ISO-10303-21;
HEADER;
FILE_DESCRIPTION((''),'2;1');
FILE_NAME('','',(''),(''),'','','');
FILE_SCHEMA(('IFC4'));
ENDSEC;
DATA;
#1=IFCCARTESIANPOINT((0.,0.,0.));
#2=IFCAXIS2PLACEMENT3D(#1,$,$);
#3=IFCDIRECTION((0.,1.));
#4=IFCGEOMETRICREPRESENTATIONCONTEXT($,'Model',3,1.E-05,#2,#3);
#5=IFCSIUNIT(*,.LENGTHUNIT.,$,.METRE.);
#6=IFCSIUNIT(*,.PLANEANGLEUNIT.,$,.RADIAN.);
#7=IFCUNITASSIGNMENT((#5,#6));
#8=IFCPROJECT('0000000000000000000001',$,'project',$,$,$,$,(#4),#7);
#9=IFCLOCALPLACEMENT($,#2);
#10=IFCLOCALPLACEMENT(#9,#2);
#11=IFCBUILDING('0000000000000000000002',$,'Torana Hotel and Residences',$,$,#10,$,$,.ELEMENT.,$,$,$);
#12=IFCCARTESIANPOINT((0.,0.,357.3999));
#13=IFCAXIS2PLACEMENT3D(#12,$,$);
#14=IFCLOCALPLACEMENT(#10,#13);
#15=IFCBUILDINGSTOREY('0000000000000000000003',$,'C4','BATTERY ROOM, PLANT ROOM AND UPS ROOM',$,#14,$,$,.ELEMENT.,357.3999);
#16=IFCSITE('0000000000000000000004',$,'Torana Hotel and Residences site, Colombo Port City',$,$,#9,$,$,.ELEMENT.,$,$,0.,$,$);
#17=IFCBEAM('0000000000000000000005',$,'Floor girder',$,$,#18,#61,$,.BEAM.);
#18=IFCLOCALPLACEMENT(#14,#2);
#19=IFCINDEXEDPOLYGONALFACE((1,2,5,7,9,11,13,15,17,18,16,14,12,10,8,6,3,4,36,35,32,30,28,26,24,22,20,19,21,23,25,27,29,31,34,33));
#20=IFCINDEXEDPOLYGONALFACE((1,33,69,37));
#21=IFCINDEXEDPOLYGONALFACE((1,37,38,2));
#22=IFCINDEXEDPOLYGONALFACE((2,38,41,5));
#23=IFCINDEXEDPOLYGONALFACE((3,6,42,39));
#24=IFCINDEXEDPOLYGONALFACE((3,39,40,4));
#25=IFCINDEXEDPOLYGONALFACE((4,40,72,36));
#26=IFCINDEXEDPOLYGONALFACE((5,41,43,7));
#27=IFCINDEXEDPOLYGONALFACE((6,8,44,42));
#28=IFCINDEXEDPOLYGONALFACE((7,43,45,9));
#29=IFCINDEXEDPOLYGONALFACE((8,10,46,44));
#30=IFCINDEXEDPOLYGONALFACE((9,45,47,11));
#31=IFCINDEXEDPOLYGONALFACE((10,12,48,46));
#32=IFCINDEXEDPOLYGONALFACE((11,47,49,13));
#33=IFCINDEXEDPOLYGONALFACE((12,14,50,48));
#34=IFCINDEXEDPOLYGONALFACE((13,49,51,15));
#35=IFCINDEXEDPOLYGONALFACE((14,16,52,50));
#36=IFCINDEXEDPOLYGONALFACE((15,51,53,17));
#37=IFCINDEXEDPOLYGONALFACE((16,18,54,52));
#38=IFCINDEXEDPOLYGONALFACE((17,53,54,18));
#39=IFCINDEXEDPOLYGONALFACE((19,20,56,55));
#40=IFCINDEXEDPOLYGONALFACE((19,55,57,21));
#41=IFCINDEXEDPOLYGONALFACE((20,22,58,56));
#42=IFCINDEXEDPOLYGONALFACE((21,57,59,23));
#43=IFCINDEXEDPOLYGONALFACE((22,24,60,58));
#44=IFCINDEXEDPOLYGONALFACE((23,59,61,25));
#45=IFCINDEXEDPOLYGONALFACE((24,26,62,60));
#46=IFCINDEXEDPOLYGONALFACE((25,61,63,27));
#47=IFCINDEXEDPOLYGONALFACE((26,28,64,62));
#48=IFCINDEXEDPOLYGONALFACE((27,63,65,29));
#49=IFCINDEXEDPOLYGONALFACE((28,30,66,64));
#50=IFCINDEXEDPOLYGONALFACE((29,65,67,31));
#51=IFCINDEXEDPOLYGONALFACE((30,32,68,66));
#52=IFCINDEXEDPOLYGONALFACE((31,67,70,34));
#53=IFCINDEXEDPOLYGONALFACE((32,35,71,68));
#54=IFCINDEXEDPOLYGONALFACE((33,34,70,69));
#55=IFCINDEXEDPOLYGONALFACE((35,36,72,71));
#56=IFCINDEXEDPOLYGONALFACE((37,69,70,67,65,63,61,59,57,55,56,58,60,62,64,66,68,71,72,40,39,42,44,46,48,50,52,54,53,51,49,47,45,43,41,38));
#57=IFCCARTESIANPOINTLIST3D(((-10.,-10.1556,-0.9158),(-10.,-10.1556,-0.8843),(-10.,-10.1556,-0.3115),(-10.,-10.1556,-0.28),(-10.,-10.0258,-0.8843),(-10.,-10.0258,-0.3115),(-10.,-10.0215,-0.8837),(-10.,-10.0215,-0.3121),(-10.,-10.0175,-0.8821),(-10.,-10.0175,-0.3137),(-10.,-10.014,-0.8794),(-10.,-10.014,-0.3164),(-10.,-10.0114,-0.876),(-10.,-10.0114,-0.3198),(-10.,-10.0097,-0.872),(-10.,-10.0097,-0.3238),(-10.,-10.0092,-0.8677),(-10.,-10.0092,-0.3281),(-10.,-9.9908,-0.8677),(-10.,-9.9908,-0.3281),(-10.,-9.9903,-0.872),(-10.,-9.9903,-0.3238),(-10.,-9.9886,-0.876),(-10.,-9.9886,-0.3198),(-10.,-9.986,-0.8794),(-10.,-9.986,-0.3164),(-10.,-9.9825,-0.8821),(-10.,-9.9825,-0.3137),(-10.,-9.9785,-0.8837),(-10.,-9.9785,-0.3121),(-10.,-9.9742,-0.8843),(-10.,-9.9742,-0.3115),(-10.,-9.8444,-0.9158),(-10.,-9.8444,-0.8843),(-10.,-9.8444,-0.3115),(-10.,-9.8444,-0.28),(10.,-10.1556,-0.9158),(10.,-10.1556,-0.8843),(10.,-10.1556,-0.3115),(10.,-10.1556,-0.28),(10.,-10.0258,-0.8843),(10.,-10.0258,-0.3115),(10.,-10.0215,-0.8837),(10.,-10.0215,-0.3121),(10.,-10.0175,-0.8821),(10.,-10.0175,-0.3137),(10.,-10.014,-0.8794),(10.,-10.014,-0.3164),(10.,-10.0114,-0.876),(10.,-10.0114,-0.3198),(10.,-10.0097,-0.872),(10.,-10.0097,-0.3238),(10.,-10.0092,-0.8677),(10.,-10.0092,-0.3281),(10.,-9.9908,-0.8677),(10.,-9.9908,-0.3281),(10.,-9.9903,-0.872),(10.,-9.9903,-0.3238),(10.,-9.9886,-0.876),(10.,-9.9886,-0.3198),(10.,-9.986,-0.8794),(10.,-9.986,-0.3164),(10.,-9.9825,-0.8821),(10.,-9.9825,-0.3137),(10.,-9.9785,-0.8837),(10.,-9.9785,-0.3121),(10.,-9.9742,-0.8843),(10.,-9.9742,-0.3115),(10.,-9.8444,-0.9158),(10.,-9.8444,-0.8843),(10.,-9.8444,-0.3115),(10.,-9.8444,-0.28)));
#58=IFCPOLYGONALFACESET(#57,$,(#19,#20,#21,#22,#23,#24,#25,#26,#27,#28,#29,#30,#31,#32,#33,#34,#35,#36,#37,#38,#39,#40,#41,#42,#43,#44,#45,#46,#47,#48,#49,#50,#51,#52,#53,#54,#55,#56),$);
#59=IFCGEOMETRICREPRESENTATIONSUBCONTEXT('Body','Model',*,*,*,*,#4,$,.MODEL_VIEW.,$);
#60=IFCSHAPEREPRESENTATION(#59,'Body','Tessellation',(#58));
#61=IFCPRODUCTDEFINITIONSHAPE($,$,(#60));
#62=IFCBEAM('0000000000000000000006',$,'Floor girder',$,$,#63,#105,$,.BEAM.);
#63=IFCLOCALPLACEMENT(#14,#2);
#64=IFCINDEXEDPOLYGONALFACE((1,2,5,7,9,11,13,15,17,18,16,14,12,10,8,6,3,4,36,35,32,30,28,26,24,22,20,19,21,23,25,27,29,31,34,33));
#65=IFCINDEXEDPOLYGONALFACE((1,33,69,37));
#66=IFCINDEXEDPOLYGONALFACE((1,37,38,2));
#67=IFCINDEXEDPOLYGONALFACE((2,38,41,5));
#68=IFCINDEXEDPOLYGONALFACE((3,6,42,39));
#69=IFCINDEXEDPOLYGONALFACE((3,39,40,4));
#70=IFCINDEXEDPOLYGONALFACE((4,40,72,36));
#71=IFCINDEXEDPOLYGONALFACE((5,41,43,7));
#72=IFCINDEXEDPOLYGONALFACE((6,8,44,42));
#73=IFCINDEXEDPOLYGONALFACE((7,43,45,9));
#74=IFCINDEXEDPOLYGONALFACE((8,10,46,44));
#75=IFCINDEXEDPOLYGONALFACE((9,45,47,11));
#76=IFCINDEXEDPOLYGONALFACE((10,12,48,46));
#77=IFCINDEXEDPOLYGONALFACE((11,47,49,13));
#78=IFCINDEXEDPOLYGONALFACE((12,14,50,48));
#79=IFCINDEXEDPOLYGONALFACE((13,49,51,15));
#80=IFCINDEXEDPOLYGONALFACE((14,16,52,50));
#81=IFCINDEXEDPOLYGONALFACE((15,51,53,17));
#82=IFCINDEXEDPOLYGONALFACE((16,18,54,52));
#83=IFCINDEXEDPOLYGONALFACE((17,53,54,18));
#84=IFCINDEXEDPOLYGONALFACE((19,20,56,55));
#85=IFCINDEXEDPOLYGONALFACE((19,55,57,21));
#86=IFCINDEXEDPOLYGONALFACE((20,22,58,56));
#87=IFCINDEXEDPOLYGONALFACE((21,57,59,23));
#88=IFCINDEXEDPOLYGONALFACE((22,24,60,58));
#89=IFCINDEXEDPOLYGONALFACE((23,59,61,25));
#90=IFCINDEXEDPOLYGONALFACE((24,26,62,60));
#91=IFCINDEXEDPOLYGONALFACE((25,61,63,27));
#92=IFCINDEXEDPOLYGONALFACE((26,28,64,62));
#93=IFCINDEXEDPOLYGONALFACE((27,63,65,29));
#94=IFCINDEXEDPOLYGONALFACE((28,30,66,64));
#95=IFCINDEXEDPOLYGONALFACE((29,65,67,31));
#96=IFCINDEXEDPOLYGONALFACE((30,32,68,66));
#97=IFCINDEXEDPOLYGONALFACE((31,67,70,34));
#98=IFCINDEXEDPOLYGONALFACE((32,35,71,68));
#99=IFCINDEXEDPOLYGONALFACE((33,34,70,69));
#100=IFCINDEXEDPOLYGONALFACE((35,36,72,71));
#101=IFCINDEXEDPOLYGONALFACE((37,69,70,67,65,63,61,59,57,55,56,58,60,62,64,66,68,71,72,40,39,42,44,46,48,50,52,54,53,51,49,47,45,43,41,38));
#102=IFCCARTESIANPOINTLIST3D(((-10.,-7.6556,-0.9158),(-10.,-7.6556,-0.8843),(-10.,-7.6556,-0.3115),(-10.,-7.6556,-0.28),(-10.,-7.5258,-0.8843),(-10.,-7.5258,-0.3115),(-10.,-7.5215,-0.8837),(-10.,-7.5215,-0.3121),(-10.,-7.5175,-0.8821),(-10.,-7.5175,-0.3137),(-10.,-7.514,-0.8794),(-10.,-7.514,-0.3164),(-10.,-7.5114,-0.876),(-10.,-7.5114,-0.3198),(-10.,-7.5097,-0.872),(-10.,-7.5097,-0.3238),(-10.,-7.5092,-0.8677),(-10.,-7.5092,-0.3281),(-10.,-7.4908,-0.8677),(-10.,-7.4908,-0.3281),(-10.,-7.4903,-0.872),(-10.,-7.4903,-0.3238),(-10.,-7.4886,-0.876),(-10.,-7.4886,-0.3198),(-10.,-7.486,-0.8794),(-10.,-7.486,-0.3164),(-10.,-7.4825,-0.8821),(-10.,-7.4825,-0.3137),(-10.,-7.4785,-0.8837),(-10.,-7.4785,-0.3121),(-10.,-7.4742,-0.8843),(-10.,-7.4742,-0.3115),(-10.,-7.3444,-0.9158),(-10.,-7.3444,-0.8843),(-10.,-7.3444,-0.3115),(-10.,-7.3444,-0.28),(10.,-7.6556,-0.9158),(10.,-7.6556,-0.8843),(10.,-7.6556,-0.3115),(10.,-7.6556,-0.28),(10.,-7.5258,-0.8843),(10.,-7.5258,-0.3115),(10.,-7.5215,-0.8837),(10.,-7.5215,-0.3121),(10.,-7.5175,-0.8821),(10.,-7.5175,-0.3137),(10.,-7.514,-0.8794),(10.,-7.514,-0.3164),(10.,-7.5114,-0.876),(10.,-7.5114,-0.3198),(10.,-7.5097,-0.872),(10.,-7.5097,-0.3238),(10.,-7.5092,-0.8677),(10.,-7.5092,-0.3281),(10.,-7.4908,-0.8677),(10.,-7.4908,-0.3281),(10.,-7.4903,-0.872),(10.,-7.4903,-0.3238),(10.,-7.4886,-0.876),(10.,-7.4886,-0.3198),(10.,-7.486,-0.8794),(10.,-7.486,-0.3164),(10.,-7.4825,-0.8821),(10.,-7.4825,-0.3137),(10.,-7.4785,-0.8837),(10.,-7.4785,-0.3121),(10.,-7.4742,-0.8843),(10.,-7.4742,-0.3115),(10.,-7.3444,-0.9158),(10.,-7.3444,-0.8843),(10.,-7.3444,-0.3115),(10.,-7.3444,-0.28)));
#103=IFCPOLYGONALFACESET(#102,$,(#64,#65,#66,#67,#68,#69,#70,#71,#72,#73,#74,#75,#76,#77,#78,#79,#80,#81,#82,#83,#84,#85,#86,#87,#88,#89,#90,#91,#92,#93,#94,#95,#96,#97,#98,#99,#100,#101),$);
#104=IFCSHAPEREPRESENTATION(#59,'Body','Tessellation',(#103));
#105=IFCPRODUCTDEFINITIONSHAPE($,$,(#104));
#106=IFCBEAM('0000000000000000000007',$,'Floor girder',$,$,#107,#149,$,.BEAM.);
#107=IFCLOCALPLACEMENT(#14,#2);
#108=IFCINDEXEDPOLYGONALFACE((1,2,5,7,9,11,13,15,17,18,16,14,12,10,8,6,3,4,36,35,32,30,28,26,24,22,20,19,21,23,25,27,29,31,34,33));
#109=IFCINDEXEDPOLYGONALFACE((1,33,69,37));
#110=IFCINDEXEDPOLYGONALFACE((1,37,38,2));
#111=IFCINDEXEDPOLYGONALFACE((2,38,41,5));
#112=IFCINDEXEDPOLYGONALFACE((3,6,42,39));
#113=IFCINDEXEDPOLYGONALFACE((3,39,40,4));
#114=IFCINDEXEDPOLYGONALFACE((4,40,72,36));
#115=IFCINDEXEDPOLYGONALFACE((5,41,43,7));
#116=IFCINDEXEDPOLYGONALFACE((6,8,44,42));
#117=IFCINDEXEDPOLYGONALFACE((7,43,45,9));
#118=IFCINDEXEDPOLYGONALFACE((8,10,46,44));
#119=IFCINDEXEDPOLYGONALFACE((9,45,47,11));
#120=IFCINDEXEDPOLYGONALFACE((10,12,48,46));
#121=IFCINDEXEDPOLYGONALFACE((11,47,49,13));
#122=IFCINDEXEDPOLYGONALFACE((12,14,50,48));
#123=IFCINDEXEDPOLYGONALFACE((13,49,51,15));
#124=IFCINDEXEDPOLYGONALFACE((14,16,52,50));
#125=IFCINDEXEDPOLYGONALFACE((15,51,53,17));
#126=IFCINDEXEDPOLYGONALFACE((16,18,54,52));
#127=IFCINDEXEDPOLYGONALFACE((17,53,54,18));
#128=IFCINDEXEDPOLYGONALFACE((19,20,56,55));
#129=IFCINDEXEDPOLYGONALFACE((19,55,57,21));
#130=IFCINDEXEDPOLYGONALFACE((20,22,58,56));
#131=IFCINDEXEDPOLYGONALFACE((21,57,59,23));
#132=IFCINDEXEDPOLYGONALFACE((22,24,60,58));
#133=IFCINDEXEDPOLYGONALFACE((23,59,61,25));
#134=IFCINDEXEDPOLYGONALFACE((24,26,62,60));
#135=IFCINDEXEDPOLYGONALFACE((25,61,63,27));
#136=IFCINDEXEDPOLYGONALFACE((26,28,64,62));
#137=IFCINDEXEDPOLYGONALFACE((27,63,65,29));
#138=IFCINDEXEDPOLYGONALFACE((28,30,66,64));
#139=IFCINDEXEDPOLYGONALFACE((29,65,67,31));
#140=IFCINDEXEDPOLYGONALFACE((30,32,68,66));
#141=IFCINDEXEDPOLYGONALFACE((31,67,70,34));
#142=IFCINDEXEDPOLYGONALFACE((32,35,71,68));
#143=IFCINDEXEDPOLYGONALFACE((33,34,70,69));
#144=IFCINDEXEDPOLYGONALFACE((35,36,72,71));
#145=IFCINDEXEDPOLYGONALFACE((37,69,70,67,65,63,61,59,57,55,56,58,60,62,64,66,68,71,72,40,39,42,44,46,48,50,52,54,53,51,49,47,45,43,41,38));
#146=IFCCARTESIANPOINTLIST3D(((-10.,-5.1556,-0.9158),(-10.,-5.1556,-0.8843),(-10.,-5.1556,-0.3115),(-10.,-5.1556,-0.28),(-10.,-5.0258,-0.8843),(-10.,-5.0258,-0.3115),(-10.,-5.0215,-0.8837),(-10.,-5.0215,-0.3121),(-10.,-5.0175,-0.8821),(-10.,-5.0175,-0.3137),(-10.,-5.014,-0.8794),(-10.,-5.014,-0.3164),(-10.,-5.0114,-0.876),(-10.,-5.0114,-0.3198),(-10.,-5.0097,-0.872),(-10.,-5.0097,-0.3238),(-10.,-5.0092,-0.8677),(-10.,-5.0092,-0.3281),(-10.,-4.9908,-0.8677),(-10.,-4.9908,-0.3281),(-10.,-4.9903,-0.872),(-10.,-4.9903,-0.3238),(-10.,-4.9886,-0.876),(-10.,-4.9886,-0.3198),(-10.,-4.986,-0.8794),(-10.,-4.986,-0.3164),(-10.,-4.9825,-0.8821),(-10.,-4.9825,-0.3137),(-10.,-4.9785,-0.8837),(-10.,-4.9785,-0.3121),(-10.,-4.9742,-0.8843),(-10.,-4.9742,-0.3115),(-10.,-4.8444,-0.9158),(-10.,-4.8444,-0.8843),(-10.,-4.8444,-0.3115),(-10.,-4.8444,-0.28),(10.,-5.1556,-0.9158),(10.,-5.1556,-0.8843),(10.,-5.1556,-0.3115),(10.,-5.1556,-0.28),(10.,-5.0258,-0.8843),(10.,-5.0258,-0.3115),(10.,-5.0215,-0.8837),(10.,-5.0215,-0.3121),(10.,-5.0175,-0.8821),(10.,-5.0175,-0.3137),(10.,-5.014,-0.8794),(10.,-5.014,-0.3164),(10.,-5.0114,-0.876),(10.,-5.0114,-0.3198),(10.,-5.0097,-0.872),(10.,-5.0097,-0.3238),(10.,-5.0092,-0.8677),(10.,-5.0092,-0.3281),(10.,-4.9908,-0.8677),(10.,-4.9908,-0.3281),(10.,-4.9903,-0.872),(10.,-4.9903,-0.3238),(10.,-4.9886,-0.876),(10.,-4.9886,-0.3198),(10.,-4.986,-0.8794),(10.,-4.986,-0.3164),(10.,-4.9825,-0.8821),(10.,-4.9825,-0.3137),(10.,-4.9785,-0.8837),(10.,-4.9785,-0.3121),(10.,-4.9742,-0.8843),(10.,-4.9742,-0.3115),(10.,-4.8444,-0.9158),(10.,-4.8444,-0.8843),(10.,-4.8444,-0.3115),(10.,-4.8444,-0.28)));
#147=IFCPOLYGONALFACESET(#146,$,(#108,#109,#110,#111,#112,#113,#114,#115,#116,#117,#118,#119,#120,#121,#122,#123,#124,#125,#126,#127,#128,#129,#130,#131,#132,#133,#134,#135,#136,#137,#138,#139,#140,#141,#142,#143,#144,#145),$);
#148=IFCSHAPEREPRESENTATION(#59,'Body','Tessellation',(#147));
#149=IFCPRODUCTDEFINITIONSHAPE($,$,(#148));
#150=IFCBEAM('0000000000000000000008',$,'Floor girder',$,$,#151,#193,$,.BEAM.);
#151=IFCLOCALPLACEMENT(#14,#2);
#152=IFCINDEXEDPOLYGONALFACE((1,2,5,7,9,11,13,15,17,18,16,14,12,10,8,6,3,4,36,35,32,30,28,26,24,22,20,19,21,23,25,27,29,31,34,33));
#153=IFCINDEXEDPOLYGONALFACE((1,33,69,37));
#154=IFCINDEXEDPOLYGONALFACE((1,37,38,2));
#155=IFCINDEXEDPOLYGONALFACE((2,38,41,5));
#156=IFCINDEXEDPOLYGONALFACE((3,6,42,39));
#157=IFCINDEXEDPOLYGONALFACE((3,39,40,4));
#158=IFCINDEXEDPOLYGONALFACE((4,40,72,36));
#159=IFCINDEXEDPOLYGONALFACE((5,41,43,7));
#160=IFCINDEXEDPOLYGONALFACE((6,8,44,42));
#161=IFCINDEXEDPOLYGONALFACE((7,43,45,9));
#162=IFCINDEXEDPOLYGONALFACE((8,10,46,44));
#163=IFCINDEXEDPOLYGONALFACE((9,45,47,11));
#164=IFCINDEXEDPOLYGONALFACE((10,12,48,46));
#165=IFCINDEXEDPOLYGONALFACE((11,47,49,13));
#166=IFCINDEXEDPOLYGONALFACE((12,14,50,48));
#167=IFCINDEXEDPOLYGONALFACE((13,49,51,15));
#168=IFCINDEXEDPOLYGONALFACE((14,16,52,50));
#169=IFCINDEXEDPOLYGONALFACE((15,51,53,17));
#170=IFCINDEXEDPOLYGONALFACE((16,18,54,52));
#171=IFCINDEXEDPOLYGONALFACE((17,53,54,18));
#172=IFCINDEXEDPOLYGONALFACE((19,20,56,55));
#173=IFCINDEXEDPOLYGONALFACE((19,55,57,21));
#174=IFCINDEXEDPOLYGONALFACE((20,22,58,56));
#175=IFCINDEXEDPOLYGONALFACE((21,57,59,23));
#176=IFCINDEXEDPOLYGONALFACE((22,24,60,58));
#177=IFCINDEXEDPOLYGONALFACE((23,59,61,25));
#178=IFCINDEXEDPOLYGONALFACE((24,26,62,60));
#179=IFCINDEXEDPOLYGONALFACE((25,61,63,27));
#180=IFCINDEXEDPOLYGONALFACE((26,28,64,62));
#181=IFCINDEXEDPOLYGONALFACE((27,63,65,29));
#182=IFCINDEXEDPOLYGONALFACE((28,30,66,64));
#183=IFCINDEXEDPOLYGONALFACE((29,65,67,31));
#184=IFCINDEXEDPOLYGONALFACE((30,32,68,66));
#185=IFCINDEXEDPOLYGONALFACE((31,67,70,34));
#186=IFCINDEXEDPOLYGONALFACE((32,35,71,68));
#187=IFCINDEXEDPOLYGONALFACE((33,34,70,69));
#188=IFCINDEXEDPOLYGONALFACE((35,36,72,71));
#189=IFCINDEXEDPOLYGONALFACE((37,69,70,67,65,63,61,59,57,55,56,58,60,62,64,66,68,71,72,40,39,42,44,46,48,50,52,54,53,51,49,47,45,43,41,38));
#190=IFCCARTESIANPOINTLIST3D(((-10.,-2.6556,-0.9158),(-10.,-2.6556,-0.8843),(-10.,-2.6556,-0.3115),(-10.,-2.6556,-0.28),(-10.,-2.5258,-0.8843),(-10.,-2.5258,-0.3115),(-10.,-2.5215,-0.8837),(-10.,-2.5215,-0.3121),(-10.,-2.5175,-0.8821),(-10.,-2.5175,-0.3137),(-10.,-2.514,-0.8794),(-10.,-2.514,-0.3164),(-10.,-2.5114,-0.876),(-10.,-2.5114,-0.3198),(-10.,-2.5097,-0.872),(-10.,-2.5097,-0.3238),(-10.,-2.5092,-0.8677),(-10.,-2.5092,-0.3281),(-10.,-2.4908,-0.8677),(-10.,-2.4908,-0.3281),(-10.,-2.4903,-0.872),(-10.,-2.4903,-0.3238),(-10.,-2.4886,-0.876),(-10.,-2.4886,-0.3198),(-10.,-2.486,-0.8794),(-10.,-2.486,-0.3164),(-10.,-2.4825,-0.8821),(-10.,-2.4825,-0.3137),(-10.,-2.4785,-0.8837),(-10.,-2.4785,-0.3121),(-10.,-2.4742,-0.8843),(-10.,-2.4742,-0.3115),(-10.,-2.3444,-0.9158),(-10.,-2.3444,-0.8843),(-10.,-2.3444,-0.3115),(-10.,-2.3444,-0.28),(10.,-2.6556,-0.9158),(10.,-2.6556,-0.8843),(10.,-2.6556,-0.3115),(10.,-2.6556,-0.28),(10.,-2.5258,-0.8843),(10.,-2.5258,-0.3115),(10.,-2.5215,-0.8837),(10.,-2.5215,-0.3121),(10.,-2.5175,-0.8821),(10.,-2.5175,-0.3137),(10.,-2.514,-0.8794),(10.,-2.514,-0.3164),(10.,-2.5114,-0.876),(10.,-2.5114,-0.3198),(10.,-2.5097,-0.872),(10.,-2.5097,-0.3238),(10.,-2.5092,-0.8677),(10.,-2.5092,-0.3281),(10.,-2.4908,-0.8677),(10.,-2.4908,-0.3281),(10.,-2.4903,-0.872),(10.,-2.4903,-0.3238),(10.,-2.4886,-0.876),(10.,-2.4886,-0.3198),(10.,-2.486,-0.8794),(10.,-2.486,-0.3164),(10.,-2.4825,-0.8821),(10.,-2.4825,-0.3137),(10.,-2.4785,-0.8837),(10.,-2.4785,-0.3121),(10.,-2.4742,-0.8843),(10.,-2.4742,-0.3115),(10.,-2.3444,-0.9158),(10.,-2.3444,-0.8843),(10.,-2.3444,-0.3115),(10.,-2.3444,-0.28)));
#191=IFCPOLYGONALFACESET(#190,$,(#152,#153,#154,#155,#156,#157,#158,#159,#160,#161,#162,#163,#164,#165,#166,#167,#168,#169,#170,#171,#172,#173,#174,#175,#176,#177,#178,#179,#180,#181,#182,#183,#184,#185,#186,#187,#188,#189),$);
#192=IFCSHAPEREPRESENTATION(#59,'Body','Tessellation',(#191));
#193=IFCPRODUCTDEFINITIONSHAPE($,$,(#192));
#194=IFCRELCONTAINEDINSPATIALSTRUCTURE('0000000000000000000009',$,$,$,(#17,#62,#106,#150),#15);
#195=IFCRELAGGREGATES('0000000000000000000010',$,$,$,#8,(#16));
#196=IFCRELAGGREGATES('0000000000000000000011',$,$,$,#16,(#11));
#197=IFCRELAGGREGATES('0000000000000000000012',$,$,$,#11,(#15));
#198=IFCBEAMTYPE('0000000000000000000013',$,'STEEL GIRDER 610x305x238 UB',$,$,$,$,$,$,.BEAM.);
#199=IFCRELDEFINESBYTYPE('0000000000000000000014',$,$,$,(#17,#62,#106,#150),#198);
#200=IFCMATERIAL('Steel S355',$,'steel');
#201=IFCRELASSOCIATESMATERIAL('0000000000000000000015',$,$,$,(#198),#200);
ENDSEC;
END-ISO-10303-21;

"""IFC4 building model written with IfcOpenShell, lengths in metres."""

from ifc_helpers import new_model, si_unit, direction, frame, origin, origin_2d, place, context, subcontext, project, spatial, i_section, extrude, material, material_profile, profile_set, type_object, element, save


model = new_model("IFC4")

# Units and contexts
model_context = context("Model", 3, precision=1e-05, world=origin(), true_north=direction((0.0, 1.0)))
body_context = subcontext(model_context, "Body", "Model", "MODEL_VIEW")
ifc_project = project(units=[si_unit("LENGTHUNIT", "METRE"), si_unit("PLANEANGLEUNIT", "RADIAN")], contexts=[model_context])

# Site, building, storey
site_placement = place(None, origin())
site = spatial("IfcSite", under=ifc_project, at=site_placement, Name="Torana Hotel and Residences site, Colombo Port City", CompositionType="ELEMENT", RefElevation=0.0)
building_placement = place(site_placement, origin())
building = spatial("IfcBuilding", under=site, at=building_placement, Name="Torana Hotel and Residences", CompositionType="ELEMENT")
storey_placement = place(building_placement, frame((0.0, 0.0, 357.3999)))
storey = spatial("IfcBuildingStorey", under=building, at=storey_placement, Name="C4", Description="BATTERY ROOM, PLANT ROOM AND UPS ROOM", CompositionType="ELEMENT", Elevation=357.3999)

# Beams
ifc_material_1 = material(Name="Steel S355", Category="steel")
ifc_material_profile = material_profile(ifc_material_1, i_section(OverallWidth=0.3113, OverallDepth=0.6357, WebThickness=0.0183, FlangeThickness=0.0315, FilletRadius=0.0166, at=origin_2d()), Name="610x305x238 UB")
ifc_profile_set = profile_set([ifc_material_profile], Name="Steel S355")
beam_type = type_object("IfcBeamType", Name="STEEL GIRDER 610x305x238 UB", PredefinedType="BEAM", material=ifc_profile_set)
for number, where, z_axis, x_axis, name in (
    (1, (-10.0, -10.0, -0.5979), (1.0, 0.0, 0.0), (0.0, 1.0, 0.0), "Floor girder"),
    (2, (-10.0, -7.5, -0.5979), (1.0, 0.0, 0.0), (0.0, 1.0, 0.0), "Floor girder"),
    (3, (-10.0, -5.0, -0.5979), (1.0, 0.0, 0.0), (0.0, 1.0, 0.0), "Floor girder"),
    (4, (-10.0, -2.5, -0.5979), (1.0, 0.0, 0.0), (0.0, 1.0, 0.0), "Floor girder"),
):
    element("IfcBeam", number, at=place(storey_placement, frame(where, z_axis=z_axis, x_axis=x_axis)), inside=storey, type_object=beam_type, Name=name, PredefinedType="BEAM", context=body_context, shape_type="SweptSolid", body=[
        extrude(i_section(OverallWidth=0.3113, OverallDepth=0.6357, WebThickness=0.0183, FlangeThickness=0.0315, FilletRadius=0.0166, at=origin_2d()), origin(), (0.0, 0.0, 1.0), 20.0),
    ])

save(model, "model.ifc")
